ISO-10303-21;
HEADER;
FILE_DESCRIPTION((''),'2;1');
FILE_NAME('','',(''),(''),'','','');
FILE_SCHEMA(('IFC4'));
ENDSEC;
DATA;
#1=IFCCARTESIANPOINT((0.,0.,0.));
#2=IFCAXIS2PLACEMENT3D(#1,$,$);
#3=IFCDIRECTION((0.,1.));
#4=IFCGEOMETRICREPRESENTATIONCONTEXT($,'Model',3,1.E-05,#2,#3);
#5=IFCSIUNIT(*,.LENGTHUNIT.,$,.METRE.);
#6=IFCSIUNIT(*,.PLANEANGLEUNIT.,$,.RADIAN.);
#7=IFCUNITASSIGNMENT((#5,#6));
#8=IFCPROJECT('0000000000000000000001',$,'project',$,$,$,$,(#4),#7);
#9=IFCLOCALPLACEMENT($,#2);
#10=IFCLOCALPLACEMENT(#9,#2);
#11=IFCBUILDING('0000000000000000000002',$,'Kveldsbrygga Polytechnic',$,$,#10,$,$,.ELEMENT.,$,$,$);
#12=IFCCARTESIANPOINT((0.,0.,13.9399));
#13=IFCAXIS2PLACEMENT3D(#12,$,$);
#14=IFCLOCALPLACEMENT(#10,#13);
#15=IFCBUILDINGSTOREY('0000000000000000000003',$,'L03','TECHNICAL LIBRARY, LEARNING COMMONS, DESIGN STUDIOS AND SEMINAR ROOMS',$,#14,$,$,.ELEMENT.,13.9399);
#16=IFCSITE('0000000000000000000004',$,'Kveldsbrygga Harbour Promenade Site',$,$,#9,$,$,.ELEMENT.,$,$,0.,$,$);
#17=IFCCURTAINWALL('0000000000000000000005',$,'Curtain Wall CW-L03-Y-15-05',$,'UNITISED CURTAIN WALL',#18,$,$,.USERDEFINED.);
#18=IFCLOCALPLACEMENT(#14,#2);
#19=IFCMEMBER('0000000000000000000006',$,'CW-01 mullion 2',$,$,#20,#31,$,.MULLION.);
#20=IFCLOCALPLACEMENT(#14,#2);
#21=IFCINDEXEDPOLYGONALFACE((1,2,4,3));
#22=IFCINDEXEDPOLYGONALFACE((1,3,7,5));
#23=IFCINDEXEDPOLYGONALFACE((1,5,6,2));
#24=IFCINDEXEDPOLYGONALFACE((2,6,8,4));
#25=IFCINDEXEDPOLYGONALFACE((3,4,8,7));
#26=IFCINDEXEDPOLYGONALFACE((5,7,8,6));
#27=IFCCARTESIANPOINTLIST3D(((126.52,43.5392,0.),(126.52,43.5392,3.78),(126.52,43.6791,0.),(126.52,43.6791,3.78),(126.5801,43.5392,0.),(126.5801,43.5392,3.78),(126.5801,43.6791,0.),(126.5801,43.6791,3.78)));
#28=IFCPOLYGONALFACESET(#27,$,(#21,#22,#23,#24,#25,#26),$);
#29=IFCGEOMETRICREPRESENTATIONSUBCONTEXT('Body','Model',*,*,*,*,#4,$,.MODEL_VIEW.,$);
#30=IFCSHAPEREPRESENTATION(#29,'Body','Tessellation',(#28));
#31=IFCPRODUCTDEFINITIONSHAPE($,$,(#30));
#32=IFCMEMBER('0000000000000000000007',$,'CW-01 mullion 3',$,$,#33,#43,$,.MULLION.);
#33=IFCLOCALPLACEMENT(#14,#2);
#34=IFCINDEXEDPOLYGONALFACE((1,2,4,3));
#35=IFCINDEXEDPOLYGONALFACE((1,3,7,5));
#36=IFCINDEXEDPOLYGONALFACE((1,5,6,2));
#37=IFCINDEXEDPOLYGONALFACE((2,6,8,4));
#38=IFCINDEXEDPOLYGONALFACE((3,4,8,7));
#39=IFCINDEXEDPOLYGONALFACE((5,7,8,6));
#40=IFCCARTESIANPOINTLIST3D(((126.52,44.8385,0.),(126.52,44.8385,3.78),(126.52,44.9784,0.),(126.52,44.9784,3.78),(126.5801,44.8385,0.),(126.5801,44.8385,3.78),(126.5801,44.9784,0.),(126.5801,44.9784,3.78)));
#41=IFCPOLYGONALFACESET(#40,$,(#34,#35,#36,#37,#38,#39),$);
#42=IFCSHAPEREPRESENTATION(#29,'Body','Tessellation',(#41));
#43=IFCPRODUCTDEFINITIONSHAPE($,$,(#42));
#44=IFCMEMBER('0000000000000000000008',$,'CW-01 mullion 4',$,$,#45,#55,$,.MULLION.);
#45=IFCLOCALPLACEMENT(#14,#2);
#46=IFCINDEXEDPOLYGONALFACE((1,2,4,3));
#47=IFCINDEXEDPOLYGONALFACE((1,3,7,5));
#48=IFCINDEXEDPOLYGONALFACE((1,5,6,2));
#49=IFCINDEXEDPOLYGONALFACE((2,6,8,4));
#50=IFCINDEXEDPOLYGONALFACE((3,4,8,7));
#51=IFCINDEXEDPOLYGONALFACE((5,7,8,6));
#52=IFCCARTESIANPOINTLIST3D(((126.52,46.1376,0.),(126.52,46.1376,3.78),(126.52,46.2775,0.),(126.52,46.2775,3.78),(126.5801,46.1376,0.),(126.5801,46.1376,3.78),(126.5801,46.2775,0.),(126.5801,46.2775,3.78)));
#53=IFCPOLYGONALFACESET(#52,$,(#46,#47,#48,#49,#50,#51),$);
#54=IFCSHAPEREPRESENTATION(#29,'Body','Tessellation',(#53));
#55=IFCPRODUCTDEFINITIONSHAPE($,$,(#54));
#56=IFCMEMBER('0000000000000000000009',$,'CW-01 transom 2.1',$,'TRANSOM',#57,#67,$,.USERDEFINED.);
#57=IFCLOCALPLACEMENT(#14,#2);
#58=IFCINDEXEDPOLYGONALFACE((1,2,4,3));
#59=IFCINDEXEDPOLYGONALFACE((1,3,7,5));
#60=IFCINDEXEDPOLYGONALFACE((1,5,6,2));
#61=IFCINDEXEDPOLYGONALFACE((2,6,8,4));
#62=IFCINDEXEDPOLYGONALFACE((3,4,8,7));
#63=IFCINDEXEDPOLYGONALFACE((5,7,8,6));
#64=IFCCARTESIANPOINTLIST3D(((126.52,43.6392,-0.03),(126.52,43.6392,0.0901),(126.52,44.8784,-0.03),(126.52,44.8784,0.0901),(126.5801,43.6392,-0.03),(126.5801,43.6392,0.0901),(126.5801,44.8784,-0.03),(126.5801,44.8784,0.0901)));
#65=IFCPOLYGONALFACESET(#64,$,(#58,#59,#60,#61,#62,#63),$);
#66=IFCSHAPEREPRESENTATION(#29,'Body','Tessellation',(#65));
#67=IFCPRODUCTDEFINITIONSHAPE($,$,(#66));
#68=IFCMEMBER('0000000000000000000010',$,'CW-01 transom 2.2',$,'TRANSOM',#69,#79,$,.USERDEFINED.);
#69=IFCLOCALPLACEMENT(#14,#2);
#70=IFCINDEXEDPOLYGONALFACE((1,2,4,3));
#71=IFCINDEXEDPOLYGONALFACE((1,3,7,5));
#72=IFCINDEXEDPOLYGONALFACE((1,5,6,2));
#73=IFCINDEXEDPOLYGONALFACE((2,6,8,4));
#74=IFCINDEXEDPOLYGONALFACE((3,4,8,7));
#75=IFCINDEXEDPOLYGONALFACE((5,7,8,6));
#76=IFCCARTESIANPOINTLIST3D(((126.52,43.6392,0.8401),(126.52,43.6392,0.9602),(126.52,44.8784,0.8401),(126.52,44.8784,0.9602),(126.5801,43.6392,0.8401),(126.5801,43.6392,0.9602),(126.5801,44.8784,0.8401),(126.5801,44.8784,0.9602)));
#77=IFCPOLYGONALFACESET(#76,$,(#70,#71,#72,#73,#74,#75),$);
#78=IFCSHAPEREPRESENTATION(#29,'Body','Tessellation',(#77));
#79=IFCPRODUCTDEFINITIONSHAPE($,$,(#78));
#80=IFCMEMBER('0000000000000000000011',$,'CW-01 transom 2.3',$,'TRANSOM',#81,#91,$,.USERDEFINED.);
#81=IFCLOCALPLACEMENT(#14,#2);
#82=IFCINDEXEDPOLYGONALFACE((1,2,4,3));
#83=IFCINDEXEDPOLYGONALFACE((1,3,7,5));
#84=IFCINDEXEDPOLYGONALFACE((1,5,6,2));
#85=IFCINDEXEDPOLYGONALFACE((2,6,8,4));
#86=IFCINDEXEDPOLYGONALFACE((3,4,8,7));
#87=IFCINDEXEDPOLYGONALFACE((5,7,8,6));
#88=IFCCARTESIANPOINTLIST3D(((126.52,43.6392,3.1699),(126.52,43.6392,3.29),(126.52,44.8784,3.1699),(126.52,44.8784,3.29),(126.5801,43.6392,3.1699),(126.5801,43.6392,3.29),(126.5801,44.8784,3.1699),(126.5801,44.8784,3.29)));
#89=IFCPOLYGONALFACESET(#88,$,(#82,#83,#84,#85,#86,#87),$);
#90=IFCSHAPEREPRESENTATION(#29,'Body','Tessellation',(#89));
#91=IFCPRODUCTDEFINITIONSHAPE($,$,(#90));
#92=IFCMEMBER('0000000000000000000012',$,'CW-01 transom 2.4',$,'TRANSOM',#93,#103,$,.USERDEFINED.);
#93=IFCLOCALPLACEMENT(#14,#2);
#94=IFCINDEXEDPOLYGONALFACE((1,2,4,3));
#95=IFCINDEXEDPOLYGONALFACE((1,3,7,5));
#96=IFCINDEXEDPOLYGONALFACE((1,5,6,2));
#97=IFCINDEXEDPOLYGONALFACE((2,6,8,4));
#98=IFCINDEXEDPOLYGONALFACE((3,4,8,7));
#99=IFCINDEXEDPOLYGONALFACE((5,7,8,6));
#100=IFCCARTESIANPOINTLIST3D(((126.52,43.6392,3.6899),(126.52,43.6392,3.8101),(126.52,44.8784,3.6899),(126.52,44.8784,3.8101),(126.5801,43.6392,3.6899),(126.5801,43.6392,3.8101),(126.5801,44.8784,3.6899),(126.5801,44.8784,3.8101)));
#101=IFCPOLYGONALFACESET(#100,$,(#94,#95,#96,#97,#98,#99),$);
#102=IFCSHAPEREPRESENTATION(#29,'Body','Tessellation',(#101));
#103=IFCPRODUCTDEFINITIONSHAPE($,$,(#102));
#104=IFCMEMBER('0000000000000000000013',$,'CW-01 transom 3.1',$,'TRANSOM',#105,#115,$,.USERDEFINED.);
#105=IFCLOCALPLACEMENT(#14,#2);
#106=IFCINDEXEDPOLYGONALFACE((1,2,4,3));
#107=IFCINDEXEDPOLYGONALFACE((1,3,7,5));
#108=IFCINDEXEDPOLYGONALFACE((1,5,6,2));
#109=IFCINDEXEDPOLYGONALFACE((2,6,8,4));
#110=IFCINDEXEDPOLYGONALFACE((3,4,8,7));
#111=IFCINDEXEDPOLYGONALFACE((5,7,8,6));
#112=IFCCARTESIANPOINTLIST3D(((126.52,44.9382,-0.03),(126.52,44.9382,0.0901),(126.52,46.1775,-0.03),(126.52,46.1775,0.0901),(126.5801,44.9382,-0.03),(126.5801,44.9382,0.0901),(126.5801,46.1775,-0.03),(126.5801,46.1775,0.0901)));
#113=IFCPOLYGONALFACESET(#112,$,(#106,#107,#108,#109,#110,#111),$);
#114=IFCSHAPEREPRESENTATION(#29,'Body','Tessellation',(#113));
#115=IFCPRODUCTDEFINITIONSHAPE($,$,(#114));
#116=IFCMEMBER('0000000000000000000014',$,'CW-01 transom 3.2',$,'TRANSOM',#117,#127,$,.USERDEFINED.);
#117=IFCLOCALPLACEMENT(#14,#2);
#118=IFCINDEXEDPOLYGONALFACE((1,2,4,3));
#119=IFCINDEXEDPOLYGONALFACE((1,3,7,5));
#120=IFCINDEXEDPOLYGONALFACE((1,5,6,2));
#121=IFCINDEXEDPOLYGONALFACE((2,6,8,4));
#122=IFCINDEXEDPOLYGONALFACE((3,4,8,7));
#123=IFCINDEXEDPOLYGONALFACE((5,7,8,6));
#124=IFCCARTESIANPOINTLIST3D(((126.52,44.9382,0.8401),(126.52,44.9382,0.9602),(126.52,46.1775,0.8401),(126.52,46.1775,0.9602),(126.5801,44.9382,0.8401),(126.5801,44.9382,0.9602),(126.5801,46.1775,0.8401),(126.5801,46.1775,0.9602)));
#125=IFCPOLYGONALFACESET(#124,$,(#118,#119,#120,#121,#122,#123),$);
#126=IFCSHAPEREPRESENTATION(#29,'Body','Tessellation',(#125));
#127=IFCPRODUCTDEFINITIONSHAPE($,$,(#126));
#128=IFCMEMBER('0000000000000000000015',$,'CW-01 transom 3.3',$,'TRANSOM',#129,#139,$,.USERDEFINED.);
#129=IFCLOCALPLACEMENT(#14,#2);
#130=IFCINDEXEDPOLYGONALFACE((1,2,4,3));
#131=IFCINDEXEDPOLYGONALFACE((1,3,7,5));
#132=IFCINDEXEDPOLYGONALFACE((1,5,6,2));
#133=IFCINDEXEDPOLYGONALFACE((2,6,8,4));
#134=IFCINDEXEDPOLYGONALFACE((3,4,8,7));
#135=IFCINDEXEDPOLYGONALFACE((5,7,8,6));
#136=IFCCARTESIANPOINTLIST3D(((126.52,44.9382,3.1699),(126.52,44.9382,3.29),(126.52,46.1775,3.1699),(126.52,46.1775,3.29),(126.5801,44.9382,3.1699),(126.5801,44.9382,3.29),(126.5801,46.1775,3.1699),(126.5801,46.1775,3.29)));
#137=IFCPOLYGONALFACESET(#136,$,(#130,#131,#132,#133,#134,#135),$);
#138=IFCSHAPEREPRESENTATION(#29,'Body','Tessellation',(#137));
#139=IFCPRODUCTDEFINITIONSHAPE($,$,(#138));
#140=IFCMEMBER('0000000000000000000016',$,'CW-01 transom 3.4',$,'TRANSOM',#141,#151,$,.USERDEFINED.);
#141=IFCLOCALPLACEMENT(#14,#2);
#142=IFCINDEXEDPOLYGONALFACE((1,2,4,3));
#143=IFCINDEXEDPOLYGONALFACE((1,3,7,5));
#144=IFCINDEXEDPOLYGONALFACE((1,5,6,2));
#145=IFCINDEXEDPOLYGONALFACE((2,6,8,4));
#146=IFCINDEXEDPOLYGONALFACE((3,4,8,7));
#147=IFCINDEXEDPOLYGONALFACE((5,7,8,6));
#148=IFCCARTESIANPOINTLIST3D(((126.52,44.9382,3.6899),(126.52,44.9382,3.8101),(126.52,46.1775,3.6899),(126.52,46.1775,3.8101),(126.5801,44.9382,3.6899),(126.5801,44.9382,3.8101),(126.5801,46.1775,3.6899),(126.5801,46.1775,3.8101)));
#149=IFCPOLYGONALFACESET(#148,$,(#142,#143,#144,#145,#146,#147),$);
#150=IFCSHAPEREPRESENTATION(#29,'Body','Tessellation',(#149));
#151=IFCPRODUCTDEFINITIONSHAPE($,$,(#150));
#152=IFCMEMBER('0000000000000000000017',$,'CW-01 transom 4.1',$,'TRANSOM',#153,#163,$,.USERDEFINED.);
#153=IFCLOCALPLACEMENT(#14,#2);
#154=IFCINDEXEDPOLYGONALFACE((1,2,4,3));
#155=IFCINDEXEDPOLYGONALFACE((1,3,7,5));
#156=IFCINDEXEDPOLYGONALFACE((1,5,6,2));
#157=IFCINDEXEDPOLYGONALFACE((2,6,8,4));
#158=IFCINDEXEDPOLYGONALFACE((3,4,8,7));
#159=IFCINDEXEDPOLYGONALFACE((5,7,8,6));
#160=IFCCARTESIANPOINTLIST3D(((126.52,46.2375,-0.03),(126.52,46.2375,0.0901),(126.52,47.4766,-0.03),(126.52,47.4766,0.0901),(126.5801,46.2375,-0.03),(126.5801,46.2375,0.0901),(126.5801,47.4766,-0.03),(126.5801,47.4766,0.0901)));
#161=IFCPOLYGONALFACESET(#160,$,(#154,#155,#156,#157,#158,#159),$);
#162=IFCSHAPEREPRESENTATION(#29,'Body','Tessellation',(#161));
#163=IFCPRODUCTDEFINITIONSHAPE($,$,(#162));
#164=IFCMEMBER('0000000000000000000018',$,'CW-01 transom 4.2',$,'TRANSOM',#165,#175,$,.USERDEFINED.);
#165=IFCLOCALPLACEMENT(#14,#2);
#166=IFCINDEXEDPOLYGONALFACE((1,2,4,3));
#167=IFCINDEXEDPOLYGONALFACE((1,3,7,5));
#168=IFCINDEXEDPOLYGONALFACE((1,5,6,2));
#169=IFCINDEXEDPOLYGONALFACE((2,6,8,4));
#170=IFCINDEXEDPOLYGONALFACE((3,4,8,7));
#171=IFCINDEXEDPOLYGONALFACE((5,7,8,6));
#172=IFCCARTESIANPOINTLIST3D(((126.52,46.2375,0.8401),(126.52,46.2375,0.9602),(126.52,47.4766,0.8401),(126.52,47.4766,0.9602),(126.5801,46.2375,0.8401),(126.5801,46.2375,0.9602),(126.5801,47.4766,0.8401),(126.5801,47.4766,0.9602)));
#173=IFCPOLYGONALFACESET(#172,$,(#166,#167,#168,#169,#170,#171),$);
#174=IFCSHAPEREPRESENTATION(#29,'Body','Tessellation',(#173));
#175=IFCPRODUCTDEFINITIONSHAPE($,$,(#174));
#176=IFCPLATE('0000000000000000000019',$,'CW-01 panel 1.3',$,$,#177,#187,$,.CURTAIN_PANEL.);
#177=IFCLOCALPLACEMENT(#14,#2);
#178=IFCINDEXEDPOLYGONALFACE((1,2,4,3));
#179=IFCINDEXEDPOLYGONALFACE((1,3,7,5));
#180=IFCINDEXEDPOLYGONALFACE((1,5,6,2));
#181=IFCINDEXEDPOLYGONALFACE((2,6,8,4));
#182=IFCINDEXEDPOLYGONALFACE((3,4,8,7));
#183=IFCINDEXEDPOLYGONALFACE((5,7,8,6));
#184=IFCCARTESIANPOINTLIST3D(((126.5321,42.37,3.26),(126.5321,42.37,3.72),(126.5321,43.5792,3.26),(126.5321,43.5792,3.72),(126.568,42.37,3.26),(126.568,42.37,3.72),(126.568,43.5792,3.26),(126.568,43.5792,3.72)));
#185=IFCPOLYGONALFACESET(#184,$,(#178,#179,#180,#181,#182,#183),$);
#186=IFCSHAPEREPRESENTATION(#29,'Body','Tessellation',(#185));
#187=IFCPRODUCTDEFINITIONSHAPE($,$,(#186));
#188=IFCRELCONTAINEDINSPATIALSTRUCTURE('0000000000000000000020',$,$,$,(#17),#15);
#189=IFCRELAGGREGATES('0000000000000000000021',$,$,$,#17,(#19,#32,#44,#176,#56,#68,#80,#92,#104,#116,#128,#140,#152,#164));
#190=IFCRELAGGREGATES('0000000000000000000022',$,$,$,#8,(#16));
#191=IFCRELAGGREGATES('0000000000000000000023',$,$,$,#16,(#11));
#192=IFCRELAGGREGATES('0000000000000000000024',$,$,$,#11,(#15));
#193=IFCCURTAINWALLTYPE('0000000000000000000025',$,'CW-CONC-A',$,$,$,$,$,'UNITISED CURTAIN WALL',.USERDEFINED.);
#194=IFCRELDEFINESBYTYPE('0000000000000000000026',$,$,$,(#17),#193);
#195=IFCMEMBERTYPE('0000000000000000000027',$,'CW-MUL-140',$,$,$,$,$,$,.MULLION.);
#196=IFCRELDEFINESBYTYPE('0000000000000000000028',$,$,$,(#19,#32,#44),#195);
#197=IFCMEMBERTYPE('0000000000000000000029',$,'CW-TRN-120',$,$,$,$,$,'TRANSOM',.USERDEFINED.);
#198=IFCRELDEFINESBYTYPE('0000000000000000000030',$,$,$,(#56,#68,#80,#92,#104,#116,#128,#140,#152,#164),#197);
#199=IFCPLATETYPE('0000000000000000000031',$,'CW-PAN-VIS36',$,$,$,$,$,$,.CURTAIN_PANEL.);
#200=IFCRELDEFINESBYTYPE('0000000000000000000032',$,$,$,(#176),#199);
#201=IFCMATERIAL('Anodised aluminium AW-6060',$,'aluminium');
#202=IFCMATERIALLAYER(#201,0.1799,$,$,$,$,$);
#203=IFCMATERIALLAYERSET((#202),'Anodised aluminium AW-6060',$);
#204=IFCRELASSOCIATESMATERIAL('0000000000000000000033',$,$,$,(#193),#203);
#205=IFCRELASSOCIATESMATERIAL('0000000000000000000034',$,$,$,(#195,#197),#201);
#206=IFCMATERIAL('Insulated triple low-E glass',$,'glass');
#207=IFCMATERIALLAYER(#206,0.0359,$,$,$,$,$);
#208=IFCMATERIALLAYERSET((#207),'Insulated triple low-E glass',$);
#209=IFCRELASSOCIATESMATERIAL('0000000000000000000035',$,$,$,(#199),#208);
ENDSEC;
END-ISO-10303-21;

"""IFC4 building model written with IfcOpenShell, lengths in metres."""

from ifc_helpers import new_model, si_unit, direction, frame, origin, origin_2d, place, context, subcontext, project, spatial, rectangle, extrude, material, layer, layer_set, material_profile, profile_set, type_object, element, aggregate, save


model = new_model("IFC4")

# Units and contexts
model_context = context("Model", 3, precision=1e-05, world=origin(), true_north=direction((0.0, 1.0)))
body_context = subcontext(model_context, "Body", "Model", "MODEL_VIEW")
ifc_project = project(units=[si_unit("LENGTHUNIT", "METRE"), si_unit("PLANEANGLEUNIT", "RADIAN")], contexts=[model_context])

# Site, building, storey
site_placement = place(None, origin())
site = spatial("IfcSite", under=ifc_project, at=site_placement, Name="Kveldsbrygga Harbour Promenade Site", CompositionType="ELEMENT", RefElevation=0.0)
building_placement = place(site_placement, origin())
building = spatial("IfcBuilding", under=site, at=building_placement, Name="Kveldsbrygga Polytechnic", CompositionType="ELEMENT")
storey_placement = place(building_placement, frame((0.0, 0.0, 13.9399)))
storey = spatial("IfcBuildingStorey", under=building, at=storey_placement, Name="L03", Description="TECHNICAL LIBRARY, LEARNING COMMONS, DESIGN STUDIOS AND SEMINAR ROOMS", CompositionType="ELEMENT", Elevation=13.9399)

# Curtain wall, members, plate
ifc_material_1 = material(Name="Anodised aluminium AW-6060", Category="aluminium")
ifc_layer_1 = layer(ifc_material_1, 0.1799)
ifc_layer_set_1 = layer_set([ifc_layer_1], Name="Anodised aluminium AW-6060")
curtain_wall_type = type_object("IfcCurtainWallType", Name="CW-CONC-A", ElementType="UNITISED CURTAIN WALL", PredefinedType="USERDEFINED", material=ifc_layer_set_1)
curtain_wall_placement = place(storey_placement, origin())
curtain_wall = element("IfcCurtainWall", 1, at=curtain_wall_placement, inside=storey, type_object=curtain_wall_type, Name="Curtain Wall CW-L03-Y-15-05", ObjectType="UNITISED CURTAIN WALL", PredefinedType="USERDEFINED")
ifc_material_profile_1 = material_profile(ifc_material_1, rectangle(XDim=0.0601, YDim=0.1399, at=origin_2d()), Name="ALU 60x140")
ifc_profile_set_1 = profile_set([ifc_material_profile_1], Name="Anodised aluminium AW-6060")
member_type_1 = type_object("IfcMemberType", Name="CW-MUL-140", PredefinedType="MULLION", material=ifc_profile_set_1)
member_1_placement = place(storey_placement, frame((126.55, 43.6091, 0.0), z_axis=(0.0, 0.0, 1.0), x_axis=(-1.0, 0.0, 0.0)))
member_1 = element("IfcMember", 2, at=member_1_placement, type_object=member_type_1, Name="CW-01 mullion 2", PredefinedType="MULLION", context=body_context, shape_type="SweptSolid", body=[
    extrude(rectangle(XDim=0.0601, YDim=0.1399, at=origin_2d()), origin(), (0.0, 0.0, 1.0), 3.78),
])
member_2_placement = place(storey_placement, frame((126.55, 44.9084, 0.0), z_axis=(0.0, 0.0, 1.0), x_axis=(-1.0, 0.0, 0.0)))
member_2 = element("IfcMember", 3, at=member_2_placement, type_object=member_type_1, Name="CW-01 mullion 3", PredefinedType="MULLION", context=body_context, shape_type="SweptSolid", body=[
    extrude(rectangle(XDim=0.0601, YDim=0.1399, at=origin_2d()), origin(), (0.0, 0.0, 1.0), 3.78),
])
member_3_placement = place(storey_placement, frame((126.55, 46.2075, 0.0), z_axis=(0.0, 0.0, 1.0), x_axis=(-1.0, 0.0, 0.0)))
member_3 = element("IfcMember", 4, at=member_3_placement, type_object=member_type_1, Name="CW-01 mullion 4", PredefinedType="MULLION", context=body_context, shape_type="SweptSolid", body=[
    extrude(rectangle(XDim=0.0601, YDim=0.1399, at=origin_2d()), origin(), (0.0, 0.0, 1.0), 3.78),
])
ifc_material_profile_2 = material_profile(ifc_material_1, rectangle(XDim=0.0601, YDim=0.1201, at=origin_2d()), Name="ALU 60x120")
ifc_profile_set_2 = profile_set([ifc_material_profile_2], Name="Anodised aluminium AW-6060")
member_type_2 = type_object("IfcMemberType", Name="CW-TRN-120", ElementType="TRANSOM", PredefinedType="USERDEFINED", material=ifc_profile_set_2)
member_4_placement = place(storey_placement, frame((126.55, 43.6392, 0.03), z_axis=(0.0, 1.0, 0.0), x_axis=(-1.0, 0.0, 0.0)))
member_4 = element("IfcMember", 5, at=member_4_placement, type_object=member_type_2, Name="CW-01 transom 2.1", ObjectType="TRANSOM", PredefinedType="USERDEFINED", context=body_context, shape_type="SweptSolid", body=[
    extrude(rectangle(XDim=0.0601, YDim=0.1201, at=origin_2d()), origin(), (0.0, 0.0, 1.0), 1.2393),
])
member_5_placement = place(storey_placement, frame((126.55, 43.6392, 0.9001), z_axis=(0.0, 1.0, 0.0), x_axis=(-1.0, 0.0, 0.0)))
member_5 = element("IfcMember", 6, at=member_5_placement, type_object=member_type_2, Name="CW-01 transom 2.2", ObjectType="TRANSOM", PredefinedType="USERDEFINED", context=body_context, shape_type="SweptSolid", body=[
    extrude(rectangle(XDim=0.0601, YDim=0.1201, at=origin_2d()), origin(), (0.0, 0.0, 1.0), 1.2393),
])
member_6_placement = place(storey_placement, frame((126.55, 43.6392, 3.23), z_axis=(0.0, 1.0, 0.0), x_axis=(-1.0, 0.0, 0.0)))
member_6 = element("IfcMember", 7, at=member_6_placement, type_object=member_type_2, Name="CW-01 transom 2.3", ObjectType="TRANSOM", PredefinedType="USERDEFINED", context=body_context, shape_type="SweptSolid", body=[
    extrude(rectangle(XDim=0.0601, YDim=0.1201, at=origin_2d()), origin(), (0.0, 0.0, 1.0), 1.2393),
])
member_7_placement = place(storey_placement, frame((126.55, 43.6392, 3.75), z_axis=(0.0, 1.0, 0.0), x_axis=(-1.0, 0.0, 0.0)))
member_7 = element("IfcMember", 8, at=member_7_placement, type_object=member_type_2, Name="CW-01 transom 2.4", ObjectType="TRANSOM", PredefinedType="USERDEFINED", context=body_context, shape_type="SweptSolid", body=[
    extrude(rectangle(XDim=0.0601, YDim=0.1201, at=origin_2d()), origin(), (0.0, 0.0, 1.0), 1.2393),
])
member_8_placement = place(storey_placement, frame((126.55, 44.9382, 0.03), z_axis=(0.0, 1.0, 0.0), x_axis=(-1.0, 0.0, 0.0)))
member_8 = element("IfcMember", 9, at=member_8_placement, type_object=member_type_2, Name="CW-01 transom 3.1", ObjectType="TRANSOM", PredefinedType="USERDEFINED", context=body_context, shape_type="SweptSolid", body=[
    extrude(rectangle(XDim=0.0601, YDim=0.1201, at=origin_2d()), origin(), (0.0, 0.0, 1.0), 1.2393),
])
member_9_placement = place(storey_placement, frame((126.55, 44.9382, 0.9001), z_axis=(0.0, 1.0, 0.0), x_axis=(-1.0, 0.0, 0.0)))
member_9 = element("IfcMember", 10, at=member_9_placement, type_object=member_type_2, Name="CW-01 transom 3.2", ObjectType="TRANSOM", PredefinedType="USERDEFINED", context=body_context, shape_type="SweptSolid", body=[
    extrude(rectangle(XDim=0.0601, YDim=0.1201, at=origin_2d()), origin(), (0.0, 0.0, 1.0), 1.2393),
])
member_10_placement = place(storey_placement, frame((126.55, 44.9382, 3.23), z_axis=(0.0, 1.0, 0.0), x_axis=(-1.0, 0.0, 0.0)))
member_10 = element("IfcMember", 11, at=member_10_placement, type_object=member_type_2, Name="CW-01 transom 3.3", ObjectType="TRANSOM", PredefinedType="USERDEFINED", context=body_context, shape_type="SweptSolid", body=[
    extrude(rectangle(XDim=0.0601, YDim=0.1201, at=origin_2d()), origin(), (0.0, 0.0, 1.0), 1.2393),
])
member_11_placement = place(storey_placement, frame((126.55, 44.9382, 3.75), z_axis=(0.0, 1.0, 0.0), x_axis=(-1.0, 0.0, 0.0)))
member_11 = element("IfcMember", 12, at=member_11_placement, type_object=member_type_2, Name="CW-01 transom 3.4", ObjectType="TRANSOM", PredefinedType="USERDEFINED", context=body_context, shape_type="SweptSolid", body=[
    extrude(rectangle(XDim=0.0601, YDim=0.1201, at=origin_2d()), origin(), (0.0, 0.0, 1.0), 1.2393),
])
member_12_placement = place(storey_placement, frame((126.55, 46.2375, 0.03), z_axis=(0.0, 1.0, 0.0), x_axis=(-1.0, 0.0, 0.0)))
member_12 = element("IfcMember", 13, at=member_12_placement, type_object=member_type_2, Name="CW-01 transom 4.1", ObjectType="TRANSOM", PredefinedType="USERDEFINED", context=body_context, shape_type="SweptSolid", body=[
    extrude(rectangle(XDim=0.0601, YDim=0.1201, at=origin_2d()), origin(), (0.0, 0.0, 1.0), 1.239),
])
member_13_placement = place(storey_placement, frame((126.55, 46.2375, 0.9001), z_axis=(0.0, 1.0, 0.0), x_axis=(-1.0, 0.0, 0.0)))
member_13 = element("IfcMember", 14, at=member_13_placement, type_object=member_type_2, Name="CW-01 transom 4.2", ObjectType="TRANSOM", PredefinedType="USERDEFINED", context=body_context, shape_type="SweptSolid", body=[
    extrude(rectangle(XDim=0.0601, YDim=0.1201, at=origin_2d()), origin(), (0.0, 0.0, 1.0), 1.239),
])
ifc_material_2 = material(Name="Insulated triple low-E glass", Category="glass")
ifc_layer_2 = layer(ifc_material_2, 0.0359)
ifc_layer_set_2 = layer_set([ifc_layer_2], Name="Insulated triple low-E glass")
plate_type = type_object("IfcPlateType", Name="CW-PAN-VIS36", PredefinedType="CURTAIN_PANEL", material=ifc_layer_set_2)
plate_1_placement = place(storey_placement, frame((126.55, 42.9746, 3.26), z_axis=(0.0, 0.0, 1.0), x_axis=(0.0, 1.0, 0.0)))
plate_1 = element("IfcPlate", 15, at=plate_1_placement, type_object=plate_type, Name="CW-01 panel 1.3", PredefinedType="CURTAIN_PANEL", context=body_context, shape_type="SweptSolid", body=[
    extrude(rectangle(XDim=1.2092, YDim=0.0359, at=origin_2d()), origin(), (0.0, 0.0, 1.0), 0.46),
])
aggregate(curtain_wall, [member_1, member_2, member_3, plate_1, member_4, member_5, member_6, member_7, member_8, member_9, member_10, member_11, member_12, member_13])

save(model, "model.ifc")
